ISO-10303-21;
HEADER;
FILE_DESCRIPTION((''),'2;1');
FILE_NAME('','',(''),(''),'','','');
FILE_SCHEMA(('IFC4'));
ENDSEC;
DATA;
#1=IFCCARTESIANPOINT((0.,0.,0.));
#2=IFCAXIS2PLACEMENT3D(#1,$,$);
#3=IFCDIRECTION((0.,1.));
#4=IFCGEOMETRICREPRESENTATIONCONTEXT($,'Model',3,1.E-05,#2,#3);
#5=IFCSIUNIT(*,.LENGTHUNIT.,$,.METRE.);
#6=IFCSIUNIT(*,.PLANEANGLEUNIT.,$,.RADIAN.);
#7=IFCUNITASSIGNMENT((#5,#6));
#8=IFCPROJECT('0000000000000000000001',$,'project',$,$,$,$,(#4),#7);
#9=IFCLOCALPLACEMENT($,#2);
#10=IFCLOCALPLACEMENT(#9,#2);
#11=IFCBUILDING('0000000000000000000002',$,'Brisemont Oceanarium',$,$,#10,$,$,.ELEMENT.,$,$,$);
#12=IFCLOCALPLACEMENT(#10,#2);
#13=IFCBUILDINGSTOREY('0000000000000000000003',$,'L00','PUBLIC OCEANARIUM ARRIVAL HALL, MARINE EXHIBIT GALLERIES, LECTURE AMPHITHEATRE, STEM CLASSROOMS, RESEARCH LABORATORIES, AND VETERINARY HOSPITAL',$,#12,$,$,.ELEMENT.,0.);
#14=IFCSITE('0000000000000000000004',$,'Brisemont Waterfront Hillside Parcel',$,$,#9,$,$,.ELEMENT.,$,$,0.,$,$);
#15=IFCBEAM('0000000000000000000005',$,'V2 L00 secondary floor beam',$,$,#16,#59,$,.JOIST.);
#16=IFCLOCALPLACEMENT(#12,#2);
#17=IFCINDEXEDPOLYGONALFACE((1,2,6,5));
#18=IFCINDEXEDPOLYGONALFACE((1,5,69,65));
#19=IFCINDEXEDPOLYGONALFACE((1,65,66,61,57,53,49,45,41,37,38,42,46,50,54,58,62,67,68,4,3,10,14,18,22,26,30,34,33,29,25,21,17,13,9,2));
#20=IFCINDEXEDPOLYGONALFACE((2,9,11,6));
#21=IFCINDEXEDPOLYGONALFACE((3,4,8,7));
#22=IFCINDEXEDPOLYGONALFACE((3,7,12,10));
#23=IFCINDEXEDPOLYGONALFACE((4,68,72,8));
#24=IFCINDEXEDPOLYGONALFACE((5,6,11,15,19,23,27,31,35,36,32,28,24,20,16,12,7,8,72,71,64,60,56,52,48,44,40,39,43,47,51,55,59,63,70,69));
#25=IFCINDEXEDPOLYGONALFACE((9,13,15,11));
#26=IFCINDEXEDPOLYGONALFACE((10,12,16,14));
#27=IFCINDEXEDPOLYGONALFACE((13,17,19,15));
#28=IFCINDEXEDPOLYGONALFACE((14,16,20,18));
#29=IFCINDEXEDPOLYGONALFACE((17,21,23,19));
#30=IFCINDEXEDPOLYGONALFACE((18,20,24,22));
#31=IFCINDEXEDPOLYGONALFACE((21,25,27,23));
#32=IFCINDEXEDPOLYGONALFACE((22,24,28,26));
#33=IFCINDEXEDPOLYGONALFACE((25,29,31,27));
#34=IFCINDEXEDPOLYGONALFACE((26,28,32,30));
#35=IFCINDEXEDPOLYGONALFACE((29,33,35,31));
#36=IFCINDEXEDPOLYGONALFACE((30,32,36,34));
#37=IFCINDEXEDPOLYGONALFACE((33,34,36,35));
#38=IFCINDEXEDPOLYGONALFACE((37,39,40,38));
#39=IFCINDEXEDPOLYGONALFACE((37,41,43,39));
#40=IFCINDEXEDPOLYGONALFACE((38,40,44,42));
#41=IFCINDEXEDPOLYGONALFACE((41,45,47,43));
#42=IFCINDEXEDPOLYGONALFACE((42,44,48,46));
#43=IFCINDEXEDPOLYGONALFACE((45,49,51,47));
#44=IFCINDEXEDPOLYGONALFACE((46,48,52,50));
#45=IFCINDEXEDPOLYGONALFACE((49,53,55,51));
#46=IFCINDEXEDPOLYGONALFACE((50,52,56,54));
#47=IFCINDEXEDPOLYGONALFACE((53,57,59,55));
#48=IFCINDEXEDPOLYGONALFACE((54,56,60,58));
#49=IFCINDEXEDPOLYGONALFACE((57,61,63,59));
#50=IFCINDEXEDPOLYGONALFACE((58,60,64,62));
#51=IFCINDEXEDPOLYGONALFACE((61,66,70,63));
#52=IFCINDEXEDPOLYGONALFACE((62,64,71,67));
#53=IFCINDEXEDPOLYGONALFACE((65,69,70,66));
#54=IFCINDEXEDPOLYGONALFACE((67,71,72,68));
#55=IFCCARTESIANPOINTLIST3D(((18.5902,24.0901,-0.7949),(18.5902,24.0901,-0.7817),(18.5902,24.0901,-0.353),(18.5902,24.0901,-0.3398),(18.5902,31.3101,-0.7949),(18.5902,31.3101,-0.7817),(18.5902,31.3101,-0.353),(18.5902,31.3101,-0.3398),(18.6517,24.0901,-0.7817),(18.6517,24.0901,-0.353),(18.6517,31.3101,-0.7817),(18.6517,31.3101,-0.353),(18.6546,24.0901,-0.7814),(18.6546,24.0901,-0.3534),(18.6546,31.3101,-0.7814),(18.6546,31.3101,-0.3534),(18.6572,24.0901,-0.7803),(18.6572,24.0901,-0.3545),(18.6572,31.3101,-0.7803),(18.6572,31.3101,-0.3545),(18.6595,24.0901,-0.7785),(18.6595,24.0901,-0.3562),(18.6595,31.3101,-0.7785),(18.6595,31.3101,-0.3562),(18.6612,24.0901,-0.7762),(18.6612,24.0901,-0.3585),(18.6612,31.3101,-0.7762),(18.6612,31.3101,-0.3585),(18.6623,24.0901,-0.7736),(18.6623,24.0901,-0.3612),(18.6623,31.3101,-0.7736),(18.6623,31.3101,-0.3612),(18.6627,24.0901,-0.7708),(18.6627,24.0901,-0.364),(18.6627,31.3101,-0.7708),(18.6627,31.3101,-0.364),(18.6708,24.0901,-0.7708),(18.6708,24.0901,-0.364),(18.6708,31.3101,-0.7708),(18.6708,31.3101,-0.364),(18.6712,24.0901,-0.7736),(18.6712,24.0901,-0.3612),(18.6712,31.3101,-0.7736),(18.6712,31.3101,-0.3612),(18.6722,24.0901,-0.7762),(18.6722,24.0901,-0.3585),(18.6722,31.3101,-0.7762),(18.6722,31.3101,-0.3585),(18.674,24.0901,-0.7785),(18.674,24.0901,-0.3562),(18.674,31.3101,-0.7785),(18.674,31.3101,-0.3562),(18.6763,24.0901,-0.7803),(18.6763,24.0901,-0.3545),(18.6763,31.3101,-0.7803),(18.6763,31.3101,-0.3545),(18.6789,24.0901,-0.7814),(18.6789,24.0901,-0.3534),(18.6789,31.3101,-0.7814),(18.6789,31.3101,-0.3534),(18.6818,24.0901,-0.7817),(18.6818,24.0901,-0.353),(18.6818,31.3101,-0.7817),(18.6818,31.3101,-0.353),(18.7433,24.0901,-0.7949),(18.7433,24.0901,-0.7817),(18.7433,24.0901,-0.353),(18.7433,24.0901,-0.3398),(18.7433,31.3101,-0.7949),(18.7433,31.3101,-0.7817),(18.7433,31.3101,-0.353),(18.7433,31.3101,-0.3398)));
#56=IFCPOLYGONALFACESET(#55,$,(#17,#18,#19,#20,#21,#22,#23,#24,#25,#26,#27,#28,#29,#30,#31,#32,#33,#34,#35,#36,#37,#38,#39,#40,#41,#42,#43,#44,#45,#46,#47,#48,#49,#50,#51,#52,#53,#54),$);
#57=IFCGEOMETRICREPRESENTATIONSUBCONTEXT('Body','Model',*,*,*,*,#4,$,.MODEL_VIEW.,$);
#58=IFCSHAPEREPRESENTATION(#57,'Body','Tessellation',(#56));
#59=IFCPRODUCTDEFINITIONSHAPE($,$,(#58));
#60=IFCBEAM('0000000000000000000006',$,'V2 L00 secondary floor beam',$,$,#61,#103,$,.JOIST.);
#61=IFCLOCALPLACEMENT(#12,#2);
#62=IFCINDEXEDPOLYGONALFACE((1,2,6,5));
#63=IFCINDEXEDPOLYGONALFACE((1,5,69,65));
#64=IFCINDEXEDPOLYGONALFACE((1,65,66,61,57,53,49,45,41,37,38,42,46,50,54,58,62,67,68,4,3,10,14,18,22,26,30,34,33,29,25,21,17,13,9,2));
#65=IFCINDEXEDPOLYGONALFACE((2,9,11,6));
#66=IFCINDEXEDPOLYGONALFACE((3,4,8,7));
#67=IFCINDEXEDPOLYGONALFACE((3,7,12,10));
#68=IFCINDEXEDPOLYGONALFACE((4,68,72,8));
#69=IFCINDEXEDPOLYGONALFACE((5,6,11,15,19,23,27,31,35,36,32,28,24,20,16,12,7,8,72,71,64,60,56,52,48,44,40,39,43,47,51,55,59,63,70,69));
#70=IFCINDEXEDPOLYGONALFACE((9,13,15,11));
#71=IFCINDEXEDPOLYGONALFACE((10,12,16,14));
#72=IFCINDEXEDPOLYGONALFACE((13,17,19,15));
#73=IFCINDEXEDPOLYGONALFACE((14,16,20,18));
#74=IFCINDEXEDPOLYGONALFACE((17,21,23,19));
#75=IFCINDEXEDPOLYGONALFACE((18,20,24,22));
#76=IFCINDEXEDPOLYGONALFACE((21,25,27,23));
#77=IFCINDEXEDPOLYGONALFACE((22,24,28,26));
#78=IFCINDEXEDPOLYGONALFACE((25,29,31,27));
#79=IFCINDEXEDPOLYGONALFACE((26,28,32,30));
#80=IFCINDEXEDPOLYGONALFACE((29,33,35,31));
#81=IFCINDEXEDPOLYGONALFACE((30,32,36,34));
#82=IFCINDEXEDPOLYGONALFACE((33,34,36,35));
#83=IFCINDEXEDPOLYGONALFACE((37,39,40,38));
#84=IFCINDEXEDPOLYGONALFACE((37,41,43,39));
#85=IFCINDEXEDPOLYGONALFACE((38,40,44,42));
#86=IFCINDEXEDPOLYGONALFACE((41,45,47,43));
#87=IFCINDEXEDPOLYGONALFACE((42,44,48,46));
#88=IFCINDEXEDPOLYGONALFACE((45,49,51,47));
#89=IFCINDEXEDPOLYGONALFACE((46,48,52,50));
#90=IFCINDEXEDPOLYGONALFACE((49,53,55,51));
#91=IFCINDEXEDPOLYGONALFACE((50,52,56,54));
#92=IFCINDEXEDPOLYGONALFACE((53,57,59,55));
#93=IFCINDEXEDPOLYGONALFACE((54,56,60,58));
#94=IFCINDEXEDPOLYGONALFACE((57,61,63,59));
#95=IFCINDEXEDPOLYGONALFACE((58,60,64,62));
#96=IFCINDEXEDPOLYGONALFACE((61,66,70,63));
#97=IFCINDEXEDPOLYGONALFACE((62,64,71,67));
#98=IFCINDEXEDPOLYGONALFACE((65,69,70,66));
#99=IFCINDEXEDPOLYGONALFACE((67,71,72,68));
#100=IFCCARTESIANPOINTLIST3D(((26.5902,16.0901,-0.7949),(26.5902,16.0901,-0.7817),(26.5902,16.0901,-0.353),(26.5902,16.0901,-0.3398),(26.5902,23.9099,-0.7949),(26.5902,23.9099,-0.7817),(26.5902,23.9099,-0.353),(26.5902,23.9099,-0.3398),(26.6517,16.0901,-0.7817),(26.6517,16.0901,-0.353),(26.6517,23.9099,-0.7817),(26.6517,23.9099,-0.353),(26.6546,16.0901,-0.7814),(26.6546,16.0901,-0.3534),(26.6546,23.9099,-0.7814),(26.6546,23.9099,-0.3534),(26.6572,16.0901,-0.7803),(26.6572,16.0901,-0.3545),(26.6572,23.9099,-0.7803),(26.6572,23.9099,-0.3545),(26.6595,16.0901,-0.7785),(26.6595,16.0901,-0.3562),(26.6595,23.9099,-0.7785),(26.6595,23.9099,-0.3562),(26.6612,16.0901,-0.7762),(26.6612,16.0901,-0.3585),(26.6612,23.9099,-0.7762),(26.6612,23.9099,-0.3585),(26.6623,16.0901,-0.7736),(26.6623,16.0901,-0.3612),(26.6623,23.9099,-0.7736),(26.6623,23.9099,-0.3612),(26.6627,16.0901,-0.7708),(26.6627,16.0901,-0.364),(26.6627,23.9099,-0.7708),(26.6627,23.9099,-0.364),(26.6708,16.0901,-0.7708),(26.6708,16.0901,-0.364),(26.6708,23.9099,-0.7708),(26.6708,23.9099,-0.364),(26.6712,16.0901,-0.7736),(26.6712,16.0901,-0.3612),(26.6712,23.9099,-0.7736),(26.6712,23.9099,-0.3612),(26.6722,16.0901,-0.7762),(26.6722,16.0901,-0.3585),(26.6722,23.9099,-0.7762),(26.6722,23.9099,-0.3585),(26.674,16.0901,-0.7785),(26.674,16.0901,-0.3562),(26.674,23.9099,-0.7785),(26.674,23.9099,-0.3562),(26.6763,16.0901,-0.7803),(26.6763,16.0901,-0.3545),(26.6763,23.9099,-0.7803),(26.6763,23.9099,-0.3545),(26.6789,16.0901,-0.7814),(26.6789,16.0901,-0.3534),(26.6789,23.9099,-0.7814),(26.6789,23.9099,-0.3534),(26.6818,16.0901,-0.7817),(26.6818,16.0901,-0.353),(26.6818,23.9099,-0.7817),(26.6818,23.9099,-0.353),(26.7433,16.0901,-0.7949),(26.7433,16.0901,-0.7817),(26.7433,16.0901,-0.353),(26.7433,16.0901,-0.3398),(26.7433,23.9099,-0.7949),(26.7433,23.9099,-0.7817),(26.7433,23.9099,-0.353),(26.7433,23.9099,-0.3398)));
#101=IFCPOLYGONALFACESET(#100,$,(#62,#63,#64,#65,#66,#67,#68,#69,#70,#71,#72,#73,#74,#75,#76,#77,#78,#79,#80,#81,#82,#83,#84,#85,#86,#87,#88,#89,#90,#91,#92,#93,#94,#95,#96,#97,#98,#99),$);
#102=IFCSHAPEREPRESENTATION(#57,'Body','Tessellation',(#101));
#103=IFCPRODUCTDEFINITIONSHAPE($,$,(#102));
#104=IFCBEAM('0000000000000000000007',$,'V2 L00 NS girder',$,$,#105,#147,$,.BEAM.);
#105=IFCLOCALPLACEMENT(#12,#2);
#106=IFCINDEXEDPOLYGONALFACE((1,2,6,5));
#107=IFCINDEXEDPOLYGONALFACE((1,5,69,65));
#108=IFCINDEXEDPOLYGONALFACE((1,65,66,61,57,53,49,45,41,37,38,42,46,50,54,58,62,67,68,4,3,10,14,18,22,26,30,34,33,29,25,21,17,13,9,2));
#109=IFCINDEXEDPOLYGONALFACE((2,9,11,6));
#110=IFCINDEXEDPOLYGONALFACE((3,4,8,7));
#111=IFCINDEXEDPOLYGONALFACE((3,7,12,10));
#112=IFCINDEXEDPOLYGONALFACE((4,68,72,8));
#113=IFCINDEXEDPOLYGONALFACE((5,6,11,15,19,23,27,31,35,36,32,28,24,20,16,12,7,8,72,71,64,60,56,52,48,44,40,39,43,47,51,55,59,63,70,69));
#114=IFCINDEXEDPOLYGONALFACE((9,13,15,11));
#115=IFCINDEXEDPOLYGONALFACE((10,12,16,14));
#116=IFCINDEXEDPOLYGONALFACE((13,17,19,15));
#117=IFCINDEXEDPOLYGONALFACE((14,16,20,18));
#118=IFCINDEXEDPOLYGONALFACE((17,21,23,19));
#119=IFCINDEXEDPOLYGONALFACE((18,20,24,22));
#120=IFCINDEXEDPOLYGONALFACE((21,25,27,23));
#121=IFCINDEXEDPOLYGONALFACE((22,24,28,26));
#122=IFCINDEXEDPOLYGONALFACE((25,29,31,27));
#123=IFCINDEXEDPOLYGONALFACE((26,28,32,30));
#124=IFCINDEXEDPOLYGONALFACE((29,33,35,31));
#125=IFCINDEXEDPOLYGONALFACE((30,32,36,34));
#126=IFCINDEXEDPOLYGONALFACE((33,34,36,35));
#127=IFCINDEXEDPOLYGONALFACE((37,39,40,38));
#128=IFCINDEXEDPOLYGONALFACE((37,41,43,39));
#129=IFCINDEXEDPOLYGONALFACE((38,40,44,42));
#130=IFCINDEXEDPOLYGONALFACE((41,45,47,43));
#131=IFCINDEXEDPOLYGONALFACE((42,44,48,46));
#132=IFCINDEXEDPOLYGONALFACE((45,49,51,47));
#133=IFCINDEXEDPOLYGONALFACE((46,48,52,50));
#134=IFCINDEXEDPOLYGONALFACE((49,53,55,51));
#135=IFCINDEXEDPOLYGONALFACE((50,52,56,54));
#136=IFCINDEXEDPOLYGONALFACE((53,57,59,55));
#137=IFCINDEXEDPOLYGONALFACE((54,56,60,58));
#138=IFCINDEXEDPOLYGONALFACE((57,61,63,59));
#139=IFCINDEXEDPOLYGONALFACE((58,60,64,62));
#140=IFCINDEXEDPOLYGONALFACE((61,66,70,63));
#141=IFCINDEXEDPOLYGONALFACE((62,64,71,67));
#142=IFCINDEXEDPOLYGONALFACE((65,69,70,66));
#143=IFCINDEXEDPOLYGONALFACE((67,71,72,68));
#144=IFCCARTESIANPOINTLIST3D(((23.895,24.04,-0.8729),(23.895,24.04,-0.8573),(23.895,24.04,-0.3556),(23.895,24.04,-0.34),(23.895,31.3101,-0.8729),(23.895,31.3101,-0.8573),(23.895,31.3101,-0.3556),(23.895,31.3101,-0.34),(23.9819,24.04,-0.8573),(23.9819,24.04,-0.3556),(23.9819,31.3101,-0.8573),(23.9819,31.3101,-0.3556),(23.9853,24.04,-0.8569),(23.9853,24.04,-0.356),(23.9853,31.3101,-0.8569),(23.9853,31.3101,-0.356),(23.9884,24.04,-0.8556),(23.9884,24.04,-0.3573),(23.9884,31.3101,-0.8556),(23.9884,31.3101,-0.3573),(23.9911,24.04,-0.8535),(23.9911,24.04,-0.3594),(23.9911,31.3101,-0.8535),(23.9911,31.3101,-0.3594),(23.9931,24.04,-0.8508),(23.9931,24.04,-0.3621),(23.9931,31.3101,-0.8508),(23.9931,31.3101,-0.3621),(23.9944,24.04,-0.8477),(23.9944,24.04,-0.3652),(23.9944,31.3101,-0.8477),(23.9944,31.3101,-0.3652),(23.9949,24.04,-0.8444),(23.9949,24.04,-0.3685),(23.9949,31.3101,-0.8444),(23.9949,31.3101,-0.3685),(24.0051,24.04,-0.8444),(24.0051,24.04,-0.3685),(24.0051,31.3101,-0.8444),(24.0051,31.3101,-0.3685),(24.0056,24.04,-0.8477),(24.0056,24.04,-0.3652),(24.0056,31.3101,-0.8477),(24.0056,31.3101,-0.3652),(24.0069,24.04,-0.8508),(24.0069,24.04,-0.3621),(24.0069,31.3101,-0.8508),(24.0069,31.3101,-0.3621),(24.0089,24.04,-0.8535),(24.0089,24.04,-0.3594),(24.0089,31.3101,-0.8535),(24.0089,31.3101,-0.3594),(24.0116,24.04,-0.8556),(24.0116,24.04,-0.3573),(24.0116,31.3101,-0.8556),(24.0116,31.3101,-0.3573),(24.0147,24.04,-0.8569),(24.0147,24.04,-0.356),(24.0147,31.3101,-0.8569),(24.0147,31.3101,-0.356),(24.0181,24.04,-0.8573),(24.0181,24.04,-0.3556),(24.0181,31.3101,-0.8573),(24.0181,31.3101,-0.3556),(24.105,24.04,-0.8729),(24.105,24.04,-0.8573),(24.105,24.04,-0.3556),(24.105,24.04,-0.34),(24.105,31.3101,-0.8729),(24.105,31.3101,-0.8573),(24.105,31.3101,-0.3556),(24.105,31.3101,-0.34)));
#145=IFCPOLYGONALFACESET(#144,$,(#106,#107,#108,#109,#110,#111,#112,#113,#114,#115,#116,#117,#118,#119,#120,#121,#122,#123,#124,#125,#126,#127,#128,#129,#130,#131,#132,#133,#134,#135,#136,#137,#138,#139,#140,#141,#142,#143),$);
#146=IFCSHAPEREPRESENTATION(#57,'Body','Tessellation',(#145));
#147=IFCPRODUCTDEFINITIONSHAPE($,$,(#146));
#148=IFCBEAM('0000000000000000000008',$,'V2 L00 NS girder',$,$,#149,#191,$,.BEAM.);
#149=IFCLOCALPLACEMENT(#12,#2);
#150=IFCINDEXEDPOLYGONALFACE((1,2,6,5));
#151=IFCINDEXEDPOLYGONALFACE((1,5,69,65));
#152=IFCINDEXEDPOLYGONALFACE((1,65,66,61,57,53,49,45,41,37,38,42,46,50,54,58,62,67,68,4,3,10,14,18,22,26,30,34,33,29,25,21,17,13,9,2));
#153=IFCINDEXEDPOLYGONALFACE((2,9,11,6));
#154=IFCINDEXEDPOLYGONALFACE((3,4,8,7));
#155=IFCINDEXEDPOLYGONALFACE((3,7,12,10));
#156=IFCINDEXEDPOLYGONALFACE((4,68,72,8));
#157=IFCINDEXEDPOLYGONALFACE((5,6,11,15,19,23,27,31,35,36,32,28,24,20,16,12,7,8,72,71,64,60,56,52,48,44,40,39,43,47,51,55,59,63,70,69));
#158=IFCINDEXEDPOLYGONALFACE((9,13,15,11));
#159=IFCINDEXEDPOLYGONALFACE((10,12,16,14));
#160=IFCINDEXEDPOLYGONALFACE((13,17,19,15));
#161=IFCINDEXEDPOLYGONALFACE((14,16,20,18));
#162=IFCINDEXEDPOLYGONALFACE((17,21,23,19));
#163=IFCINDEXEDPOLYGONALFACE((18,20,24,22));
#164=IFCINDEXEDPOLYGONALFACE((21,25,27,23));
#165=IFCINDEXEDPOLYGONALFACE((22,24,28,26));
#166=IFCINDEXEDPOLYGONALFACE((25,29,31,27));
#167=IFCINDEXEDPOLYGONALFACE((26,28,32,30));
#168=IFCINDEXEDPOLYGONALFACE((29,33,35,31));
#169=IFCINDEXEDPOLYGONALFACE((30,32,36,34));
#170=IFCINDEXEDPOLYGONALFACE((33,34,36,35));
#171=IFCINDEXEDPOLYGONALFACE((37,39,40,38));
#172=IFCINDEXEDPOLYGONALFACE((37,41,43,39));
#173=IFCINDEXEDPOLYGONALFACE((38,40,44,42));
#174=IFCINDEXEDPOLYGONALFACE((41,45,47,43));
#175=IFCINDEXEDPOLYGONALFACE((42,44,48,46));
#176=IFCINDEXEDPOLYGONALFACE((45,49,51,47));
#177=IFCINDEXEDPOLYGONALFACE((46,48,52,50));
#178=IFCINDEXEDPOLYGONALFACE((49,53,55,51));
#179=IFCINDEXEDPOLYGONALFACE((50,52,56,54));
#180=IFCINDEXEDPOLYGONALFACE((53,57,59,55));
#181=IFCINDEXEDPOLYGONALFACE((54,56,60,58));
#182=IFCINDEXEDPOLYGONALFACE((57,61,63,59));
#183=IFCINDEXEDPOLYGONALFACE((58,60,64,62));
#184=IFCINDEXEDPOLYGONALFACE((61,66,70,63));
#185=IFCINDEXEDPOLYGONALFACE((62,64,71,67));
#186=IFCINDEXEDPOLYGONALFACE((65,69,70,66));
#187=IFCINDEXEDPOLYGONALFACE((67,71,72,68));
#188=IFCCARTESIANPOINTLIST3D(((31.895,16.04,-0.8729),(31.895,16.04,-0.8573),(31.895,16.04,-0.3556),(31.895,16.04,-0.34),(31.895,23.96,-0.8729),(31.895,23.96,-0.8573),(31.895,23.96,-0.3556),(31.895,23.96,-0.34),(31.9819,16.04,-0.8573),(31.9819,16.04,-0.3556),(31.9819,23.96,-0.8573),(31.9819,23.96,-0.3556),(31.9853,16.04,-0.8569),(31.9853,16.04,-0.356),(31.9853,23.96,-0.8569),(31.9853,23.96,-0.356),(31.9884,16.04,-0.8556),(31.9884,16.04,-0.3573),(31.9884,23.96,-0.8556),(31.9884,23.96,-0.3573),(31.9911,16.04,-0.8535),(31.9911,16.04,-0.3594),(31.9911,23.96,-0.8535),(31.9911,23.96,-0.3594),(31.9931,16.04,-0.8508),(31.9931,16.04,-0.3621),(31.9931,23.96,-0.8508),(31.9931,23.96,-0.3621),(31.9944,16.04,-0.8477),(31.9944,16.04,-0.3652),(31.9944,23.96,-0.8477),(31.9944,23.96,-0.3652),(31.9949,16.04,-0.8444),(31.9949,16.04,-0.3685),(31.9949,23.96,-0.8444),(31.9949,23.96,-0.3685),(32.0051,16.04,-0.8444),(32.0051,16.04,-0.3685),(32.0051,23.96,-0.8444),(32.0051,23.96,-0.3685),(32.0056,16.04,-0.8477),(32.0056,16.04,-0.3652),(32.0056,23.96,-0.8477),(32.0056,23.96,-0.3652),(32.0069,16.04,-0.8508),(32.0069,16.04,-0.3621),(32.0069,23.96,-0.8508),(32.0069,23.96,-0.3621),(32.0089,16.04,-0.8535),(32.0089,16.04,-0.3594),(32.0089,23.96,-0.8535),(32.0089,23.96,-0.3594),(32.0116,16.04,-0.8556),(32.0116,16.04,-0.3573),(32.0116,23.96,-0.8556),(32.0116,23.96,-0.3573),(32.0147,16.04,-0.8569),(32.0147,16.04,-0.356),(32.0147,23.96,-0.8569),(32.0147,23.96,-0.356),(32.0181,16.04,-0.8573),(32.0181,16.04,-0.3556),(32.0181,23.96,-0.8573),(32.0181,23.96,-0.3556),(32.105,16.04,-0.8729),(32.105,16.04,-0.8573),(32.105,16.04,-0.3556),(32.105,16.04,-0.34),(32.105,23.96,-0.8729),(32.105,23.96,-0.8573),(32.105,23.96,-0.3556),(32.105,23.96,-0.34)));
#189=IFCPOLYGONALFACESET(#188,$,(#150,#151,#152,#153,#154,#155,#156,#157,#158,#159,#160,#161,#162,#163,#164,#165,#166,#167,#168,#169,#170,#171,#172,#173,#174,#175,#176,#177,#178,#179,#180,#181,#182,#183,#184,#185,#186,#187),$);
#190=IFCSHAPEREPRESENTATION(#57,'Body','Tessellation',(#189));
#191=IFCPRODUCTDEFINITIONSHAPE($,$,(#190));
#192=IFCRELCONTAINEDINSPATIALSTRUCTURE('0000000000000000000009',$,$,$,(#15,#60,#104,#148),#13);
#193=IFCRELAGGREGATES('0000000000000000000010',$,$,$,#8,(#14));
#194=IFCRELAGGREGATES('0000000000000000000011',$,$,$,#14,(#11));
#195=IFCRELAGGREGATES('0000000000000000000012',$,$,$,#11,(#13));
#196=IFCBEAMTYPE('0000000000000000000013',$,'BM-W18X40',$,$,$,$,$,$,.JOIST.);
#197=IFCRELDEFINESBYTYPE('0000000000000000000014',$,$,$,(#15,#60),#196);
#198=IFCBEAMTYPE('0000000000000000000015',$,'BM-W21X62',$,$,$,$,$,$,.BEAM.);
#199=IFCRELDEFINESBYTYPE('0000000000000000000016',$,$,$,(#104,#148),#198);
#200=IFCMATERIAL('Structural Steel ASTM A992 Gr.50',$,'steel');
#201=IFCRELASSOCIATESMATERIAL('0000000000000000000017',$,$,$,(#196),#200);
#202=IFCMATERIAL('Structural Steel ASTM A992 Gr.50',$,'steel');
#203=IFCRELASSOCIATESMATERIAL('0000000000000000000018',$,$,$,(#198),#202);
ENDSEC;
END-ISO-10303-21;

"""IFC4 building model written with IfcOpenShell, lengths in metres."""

from ifc_helpers import new_model, si_unit, direction, frame, origin, origin_2d, place, context, subcontext, project, spatial, i_section, extrude, material, material_profile, profile_set, type_object, element, save


model = new_model("IFC4")

# Units and contexts
model_context = context("Model", 3, precision=1e-05, world=origin(), true_north=direction((0.0, 1.0)))
body_context = subcontext(model_context, "Body", "Model", "MODEL_VIEW")
ifc_project = project(units=[si_unit("LENGTHUNIT", "METRE"), si_unit("PLANEANGLEUNIT", "RADIAN")], contexts=[model_context])

# Site, building, storey
site_placement = place(None, origin())
site = spatial("IfcSite", under=ifc_project, at=site_placement, Name="Brisemont Waterfront Hillside Parcel", CompositionType="ELEMENT", RefElevation=0.0)
building_placement = place(site_placement, origin())
building = spatial("IfcBuilding", under=site, at=building_placement, Name="Brisemont Oceanarium", CompositionType="ELEMENT")
storey_placement = place(building_placement, origin())
storey = spatial("IfcBuildingStorey", under=building, at=storey_placement, Name="L00", Description="PUBLIC OCEANARIUM ARRIVAL HALL, MARINE EXHIBIT GALLERIES, LECTURE AMPHITHEATRE, STEM CLASSROOMS, RESEARCH LABORATORIES, AND VETERINARY HOSPITAL", CompositionType="ELEMENT", Elevation=0.0)

# Beams
ifc_material_1 = material(Name="Structural Steel ASTM A992 Gr.50", Category="steel")
ifc_material_profile_1 = material_profile(ifc_material_1, i_section(OverallWidth=0.1531, OverallDepth=0.4551, WebThickness=0.0081, FlangeThickness=0.0132, FilletRadius=0.011, at=origin_2d()), Name="W18X40")
ifc_profile_set_1 = profile_set([ifc_material_profile_1], Name="Structural Steel ASTM A992 Gr.50")
beam_type_1 = type_object("IfcBeamType", Name="BM-W18X40", PredefinedType="JOIST", material=ifc_profile_set_1)
beam_1_placement = place(storey_placement, frame((18.6667, 24.0901, -0.5674), z_axis=(0.0, 1.0, 0.0), x_axis=(-1.0, 0.0, 0.0)))
element("IfcBeam", 1, at=beam_1_placement, inside=storey, type_object=beam_type_1, Name="V2 L00 secondary floor beam", PredefinedType="JOIST", context=body_context, shape_type="SweptSolid", body=[
    extrude(i_section(OverallWidth=0.1531, OverallDepth=0.4551, WebThickness=0.0081, FlangeThickness=0.0132, FilletRadius=0.011, at=origin_2d()), origin(), (0.0, 0.0, 1.0), 7.22),
])
beam_2_placement = place(storey_placement, frame((26.6667, 16.0901, -0.5674), z_axis=(0.0, 1.0, 0.0), x_axis=(-1.0, 0.0, 0.0)))
element("IfcBeam", 2, at=beam_2_placement, inside=storey, type_object=beam_type_1, Name="V2 L00 secondary floor beam", PredefinedType="JOIST", context=body_context, shape_type="SweptSolid", body=[
    extrude(i_section(OverallWidth=0.1531, OverallDepth=0.4551, WebThickness=0.0081, FlangeThickness=0.0132, FilletRadius=0.011, at=origin_2d()), origin(), (0.0, 0.0, 1.0), 7.8198),
])
ifc_material_2 = material(Name="Structural Steel ASTM A992 Gr.50", Category="steel")
ifc_material_profile_2 = material_profile(ifc_material_2, i_section(OverallWidth=0.21, OverallDepth=0.533, WebThickness=0.0103, FlangeThickness=0.0156, FilletRadius=0.0129, at=origin_2d()), Name="W21X62")
ifc_profile_set_2 = profile_set([ifc_material_profile_2], Name="Structural Steel ASTM A992 Gr.50")
beam_type_2 = type_object("IfcBeamType", Name="BM-W21X62", PredefinedType="BEAM", material=ifc_profile_set_2)
beam_3_placement = place(storey_placement, frame((24.0, 24.04, -0.6064), z_axis=(0.0, 1.0, 0.0), x_axis=(-1.0, 0.0, 0.0)))
element("IfcBeam", 3, at=beam_3_placement, inside=storey, type_object=beam_type_2, Name="V2 L00 NS girder", PredefinedType="BEAM", context=body_context, shape_type="SweptSolid", body=[
    extrude(i_section(OverallWidth=0.21, OverallDepth=0.533, WebThickness=0.0103, FlangeThickness=0.0156, FilletRadius=0.0129, at=origin_2d()), origin(), (0.0, 0.0, 1.0), 7.27),
])
beam_4_placement = place(storey_placement, frame((32.0, 16.04, -0.6064), z_axis=(0.0, 1.0, 0.0), x_axis=(-1.0, 0.0, 0.0)))
element("IfcBeam", 4, at=beam_4_placement, inside=storey, type_object=beam_type_2, Name="V2 L00 NS girder", PredefinedType="BEAM", context=body_context, shape_type="SweptSolid", body=[
    extrude(i_section(OverallWidth=0.21, OverallDepth=0.533, WebThickness=0.0103, FlangeThickness=0.0156, FilletRadius=0.0129, at=origin_2d()), origin(), (0.0, 0.0, 1.0), 7.9199),
])

save(model, "model.ifc")
